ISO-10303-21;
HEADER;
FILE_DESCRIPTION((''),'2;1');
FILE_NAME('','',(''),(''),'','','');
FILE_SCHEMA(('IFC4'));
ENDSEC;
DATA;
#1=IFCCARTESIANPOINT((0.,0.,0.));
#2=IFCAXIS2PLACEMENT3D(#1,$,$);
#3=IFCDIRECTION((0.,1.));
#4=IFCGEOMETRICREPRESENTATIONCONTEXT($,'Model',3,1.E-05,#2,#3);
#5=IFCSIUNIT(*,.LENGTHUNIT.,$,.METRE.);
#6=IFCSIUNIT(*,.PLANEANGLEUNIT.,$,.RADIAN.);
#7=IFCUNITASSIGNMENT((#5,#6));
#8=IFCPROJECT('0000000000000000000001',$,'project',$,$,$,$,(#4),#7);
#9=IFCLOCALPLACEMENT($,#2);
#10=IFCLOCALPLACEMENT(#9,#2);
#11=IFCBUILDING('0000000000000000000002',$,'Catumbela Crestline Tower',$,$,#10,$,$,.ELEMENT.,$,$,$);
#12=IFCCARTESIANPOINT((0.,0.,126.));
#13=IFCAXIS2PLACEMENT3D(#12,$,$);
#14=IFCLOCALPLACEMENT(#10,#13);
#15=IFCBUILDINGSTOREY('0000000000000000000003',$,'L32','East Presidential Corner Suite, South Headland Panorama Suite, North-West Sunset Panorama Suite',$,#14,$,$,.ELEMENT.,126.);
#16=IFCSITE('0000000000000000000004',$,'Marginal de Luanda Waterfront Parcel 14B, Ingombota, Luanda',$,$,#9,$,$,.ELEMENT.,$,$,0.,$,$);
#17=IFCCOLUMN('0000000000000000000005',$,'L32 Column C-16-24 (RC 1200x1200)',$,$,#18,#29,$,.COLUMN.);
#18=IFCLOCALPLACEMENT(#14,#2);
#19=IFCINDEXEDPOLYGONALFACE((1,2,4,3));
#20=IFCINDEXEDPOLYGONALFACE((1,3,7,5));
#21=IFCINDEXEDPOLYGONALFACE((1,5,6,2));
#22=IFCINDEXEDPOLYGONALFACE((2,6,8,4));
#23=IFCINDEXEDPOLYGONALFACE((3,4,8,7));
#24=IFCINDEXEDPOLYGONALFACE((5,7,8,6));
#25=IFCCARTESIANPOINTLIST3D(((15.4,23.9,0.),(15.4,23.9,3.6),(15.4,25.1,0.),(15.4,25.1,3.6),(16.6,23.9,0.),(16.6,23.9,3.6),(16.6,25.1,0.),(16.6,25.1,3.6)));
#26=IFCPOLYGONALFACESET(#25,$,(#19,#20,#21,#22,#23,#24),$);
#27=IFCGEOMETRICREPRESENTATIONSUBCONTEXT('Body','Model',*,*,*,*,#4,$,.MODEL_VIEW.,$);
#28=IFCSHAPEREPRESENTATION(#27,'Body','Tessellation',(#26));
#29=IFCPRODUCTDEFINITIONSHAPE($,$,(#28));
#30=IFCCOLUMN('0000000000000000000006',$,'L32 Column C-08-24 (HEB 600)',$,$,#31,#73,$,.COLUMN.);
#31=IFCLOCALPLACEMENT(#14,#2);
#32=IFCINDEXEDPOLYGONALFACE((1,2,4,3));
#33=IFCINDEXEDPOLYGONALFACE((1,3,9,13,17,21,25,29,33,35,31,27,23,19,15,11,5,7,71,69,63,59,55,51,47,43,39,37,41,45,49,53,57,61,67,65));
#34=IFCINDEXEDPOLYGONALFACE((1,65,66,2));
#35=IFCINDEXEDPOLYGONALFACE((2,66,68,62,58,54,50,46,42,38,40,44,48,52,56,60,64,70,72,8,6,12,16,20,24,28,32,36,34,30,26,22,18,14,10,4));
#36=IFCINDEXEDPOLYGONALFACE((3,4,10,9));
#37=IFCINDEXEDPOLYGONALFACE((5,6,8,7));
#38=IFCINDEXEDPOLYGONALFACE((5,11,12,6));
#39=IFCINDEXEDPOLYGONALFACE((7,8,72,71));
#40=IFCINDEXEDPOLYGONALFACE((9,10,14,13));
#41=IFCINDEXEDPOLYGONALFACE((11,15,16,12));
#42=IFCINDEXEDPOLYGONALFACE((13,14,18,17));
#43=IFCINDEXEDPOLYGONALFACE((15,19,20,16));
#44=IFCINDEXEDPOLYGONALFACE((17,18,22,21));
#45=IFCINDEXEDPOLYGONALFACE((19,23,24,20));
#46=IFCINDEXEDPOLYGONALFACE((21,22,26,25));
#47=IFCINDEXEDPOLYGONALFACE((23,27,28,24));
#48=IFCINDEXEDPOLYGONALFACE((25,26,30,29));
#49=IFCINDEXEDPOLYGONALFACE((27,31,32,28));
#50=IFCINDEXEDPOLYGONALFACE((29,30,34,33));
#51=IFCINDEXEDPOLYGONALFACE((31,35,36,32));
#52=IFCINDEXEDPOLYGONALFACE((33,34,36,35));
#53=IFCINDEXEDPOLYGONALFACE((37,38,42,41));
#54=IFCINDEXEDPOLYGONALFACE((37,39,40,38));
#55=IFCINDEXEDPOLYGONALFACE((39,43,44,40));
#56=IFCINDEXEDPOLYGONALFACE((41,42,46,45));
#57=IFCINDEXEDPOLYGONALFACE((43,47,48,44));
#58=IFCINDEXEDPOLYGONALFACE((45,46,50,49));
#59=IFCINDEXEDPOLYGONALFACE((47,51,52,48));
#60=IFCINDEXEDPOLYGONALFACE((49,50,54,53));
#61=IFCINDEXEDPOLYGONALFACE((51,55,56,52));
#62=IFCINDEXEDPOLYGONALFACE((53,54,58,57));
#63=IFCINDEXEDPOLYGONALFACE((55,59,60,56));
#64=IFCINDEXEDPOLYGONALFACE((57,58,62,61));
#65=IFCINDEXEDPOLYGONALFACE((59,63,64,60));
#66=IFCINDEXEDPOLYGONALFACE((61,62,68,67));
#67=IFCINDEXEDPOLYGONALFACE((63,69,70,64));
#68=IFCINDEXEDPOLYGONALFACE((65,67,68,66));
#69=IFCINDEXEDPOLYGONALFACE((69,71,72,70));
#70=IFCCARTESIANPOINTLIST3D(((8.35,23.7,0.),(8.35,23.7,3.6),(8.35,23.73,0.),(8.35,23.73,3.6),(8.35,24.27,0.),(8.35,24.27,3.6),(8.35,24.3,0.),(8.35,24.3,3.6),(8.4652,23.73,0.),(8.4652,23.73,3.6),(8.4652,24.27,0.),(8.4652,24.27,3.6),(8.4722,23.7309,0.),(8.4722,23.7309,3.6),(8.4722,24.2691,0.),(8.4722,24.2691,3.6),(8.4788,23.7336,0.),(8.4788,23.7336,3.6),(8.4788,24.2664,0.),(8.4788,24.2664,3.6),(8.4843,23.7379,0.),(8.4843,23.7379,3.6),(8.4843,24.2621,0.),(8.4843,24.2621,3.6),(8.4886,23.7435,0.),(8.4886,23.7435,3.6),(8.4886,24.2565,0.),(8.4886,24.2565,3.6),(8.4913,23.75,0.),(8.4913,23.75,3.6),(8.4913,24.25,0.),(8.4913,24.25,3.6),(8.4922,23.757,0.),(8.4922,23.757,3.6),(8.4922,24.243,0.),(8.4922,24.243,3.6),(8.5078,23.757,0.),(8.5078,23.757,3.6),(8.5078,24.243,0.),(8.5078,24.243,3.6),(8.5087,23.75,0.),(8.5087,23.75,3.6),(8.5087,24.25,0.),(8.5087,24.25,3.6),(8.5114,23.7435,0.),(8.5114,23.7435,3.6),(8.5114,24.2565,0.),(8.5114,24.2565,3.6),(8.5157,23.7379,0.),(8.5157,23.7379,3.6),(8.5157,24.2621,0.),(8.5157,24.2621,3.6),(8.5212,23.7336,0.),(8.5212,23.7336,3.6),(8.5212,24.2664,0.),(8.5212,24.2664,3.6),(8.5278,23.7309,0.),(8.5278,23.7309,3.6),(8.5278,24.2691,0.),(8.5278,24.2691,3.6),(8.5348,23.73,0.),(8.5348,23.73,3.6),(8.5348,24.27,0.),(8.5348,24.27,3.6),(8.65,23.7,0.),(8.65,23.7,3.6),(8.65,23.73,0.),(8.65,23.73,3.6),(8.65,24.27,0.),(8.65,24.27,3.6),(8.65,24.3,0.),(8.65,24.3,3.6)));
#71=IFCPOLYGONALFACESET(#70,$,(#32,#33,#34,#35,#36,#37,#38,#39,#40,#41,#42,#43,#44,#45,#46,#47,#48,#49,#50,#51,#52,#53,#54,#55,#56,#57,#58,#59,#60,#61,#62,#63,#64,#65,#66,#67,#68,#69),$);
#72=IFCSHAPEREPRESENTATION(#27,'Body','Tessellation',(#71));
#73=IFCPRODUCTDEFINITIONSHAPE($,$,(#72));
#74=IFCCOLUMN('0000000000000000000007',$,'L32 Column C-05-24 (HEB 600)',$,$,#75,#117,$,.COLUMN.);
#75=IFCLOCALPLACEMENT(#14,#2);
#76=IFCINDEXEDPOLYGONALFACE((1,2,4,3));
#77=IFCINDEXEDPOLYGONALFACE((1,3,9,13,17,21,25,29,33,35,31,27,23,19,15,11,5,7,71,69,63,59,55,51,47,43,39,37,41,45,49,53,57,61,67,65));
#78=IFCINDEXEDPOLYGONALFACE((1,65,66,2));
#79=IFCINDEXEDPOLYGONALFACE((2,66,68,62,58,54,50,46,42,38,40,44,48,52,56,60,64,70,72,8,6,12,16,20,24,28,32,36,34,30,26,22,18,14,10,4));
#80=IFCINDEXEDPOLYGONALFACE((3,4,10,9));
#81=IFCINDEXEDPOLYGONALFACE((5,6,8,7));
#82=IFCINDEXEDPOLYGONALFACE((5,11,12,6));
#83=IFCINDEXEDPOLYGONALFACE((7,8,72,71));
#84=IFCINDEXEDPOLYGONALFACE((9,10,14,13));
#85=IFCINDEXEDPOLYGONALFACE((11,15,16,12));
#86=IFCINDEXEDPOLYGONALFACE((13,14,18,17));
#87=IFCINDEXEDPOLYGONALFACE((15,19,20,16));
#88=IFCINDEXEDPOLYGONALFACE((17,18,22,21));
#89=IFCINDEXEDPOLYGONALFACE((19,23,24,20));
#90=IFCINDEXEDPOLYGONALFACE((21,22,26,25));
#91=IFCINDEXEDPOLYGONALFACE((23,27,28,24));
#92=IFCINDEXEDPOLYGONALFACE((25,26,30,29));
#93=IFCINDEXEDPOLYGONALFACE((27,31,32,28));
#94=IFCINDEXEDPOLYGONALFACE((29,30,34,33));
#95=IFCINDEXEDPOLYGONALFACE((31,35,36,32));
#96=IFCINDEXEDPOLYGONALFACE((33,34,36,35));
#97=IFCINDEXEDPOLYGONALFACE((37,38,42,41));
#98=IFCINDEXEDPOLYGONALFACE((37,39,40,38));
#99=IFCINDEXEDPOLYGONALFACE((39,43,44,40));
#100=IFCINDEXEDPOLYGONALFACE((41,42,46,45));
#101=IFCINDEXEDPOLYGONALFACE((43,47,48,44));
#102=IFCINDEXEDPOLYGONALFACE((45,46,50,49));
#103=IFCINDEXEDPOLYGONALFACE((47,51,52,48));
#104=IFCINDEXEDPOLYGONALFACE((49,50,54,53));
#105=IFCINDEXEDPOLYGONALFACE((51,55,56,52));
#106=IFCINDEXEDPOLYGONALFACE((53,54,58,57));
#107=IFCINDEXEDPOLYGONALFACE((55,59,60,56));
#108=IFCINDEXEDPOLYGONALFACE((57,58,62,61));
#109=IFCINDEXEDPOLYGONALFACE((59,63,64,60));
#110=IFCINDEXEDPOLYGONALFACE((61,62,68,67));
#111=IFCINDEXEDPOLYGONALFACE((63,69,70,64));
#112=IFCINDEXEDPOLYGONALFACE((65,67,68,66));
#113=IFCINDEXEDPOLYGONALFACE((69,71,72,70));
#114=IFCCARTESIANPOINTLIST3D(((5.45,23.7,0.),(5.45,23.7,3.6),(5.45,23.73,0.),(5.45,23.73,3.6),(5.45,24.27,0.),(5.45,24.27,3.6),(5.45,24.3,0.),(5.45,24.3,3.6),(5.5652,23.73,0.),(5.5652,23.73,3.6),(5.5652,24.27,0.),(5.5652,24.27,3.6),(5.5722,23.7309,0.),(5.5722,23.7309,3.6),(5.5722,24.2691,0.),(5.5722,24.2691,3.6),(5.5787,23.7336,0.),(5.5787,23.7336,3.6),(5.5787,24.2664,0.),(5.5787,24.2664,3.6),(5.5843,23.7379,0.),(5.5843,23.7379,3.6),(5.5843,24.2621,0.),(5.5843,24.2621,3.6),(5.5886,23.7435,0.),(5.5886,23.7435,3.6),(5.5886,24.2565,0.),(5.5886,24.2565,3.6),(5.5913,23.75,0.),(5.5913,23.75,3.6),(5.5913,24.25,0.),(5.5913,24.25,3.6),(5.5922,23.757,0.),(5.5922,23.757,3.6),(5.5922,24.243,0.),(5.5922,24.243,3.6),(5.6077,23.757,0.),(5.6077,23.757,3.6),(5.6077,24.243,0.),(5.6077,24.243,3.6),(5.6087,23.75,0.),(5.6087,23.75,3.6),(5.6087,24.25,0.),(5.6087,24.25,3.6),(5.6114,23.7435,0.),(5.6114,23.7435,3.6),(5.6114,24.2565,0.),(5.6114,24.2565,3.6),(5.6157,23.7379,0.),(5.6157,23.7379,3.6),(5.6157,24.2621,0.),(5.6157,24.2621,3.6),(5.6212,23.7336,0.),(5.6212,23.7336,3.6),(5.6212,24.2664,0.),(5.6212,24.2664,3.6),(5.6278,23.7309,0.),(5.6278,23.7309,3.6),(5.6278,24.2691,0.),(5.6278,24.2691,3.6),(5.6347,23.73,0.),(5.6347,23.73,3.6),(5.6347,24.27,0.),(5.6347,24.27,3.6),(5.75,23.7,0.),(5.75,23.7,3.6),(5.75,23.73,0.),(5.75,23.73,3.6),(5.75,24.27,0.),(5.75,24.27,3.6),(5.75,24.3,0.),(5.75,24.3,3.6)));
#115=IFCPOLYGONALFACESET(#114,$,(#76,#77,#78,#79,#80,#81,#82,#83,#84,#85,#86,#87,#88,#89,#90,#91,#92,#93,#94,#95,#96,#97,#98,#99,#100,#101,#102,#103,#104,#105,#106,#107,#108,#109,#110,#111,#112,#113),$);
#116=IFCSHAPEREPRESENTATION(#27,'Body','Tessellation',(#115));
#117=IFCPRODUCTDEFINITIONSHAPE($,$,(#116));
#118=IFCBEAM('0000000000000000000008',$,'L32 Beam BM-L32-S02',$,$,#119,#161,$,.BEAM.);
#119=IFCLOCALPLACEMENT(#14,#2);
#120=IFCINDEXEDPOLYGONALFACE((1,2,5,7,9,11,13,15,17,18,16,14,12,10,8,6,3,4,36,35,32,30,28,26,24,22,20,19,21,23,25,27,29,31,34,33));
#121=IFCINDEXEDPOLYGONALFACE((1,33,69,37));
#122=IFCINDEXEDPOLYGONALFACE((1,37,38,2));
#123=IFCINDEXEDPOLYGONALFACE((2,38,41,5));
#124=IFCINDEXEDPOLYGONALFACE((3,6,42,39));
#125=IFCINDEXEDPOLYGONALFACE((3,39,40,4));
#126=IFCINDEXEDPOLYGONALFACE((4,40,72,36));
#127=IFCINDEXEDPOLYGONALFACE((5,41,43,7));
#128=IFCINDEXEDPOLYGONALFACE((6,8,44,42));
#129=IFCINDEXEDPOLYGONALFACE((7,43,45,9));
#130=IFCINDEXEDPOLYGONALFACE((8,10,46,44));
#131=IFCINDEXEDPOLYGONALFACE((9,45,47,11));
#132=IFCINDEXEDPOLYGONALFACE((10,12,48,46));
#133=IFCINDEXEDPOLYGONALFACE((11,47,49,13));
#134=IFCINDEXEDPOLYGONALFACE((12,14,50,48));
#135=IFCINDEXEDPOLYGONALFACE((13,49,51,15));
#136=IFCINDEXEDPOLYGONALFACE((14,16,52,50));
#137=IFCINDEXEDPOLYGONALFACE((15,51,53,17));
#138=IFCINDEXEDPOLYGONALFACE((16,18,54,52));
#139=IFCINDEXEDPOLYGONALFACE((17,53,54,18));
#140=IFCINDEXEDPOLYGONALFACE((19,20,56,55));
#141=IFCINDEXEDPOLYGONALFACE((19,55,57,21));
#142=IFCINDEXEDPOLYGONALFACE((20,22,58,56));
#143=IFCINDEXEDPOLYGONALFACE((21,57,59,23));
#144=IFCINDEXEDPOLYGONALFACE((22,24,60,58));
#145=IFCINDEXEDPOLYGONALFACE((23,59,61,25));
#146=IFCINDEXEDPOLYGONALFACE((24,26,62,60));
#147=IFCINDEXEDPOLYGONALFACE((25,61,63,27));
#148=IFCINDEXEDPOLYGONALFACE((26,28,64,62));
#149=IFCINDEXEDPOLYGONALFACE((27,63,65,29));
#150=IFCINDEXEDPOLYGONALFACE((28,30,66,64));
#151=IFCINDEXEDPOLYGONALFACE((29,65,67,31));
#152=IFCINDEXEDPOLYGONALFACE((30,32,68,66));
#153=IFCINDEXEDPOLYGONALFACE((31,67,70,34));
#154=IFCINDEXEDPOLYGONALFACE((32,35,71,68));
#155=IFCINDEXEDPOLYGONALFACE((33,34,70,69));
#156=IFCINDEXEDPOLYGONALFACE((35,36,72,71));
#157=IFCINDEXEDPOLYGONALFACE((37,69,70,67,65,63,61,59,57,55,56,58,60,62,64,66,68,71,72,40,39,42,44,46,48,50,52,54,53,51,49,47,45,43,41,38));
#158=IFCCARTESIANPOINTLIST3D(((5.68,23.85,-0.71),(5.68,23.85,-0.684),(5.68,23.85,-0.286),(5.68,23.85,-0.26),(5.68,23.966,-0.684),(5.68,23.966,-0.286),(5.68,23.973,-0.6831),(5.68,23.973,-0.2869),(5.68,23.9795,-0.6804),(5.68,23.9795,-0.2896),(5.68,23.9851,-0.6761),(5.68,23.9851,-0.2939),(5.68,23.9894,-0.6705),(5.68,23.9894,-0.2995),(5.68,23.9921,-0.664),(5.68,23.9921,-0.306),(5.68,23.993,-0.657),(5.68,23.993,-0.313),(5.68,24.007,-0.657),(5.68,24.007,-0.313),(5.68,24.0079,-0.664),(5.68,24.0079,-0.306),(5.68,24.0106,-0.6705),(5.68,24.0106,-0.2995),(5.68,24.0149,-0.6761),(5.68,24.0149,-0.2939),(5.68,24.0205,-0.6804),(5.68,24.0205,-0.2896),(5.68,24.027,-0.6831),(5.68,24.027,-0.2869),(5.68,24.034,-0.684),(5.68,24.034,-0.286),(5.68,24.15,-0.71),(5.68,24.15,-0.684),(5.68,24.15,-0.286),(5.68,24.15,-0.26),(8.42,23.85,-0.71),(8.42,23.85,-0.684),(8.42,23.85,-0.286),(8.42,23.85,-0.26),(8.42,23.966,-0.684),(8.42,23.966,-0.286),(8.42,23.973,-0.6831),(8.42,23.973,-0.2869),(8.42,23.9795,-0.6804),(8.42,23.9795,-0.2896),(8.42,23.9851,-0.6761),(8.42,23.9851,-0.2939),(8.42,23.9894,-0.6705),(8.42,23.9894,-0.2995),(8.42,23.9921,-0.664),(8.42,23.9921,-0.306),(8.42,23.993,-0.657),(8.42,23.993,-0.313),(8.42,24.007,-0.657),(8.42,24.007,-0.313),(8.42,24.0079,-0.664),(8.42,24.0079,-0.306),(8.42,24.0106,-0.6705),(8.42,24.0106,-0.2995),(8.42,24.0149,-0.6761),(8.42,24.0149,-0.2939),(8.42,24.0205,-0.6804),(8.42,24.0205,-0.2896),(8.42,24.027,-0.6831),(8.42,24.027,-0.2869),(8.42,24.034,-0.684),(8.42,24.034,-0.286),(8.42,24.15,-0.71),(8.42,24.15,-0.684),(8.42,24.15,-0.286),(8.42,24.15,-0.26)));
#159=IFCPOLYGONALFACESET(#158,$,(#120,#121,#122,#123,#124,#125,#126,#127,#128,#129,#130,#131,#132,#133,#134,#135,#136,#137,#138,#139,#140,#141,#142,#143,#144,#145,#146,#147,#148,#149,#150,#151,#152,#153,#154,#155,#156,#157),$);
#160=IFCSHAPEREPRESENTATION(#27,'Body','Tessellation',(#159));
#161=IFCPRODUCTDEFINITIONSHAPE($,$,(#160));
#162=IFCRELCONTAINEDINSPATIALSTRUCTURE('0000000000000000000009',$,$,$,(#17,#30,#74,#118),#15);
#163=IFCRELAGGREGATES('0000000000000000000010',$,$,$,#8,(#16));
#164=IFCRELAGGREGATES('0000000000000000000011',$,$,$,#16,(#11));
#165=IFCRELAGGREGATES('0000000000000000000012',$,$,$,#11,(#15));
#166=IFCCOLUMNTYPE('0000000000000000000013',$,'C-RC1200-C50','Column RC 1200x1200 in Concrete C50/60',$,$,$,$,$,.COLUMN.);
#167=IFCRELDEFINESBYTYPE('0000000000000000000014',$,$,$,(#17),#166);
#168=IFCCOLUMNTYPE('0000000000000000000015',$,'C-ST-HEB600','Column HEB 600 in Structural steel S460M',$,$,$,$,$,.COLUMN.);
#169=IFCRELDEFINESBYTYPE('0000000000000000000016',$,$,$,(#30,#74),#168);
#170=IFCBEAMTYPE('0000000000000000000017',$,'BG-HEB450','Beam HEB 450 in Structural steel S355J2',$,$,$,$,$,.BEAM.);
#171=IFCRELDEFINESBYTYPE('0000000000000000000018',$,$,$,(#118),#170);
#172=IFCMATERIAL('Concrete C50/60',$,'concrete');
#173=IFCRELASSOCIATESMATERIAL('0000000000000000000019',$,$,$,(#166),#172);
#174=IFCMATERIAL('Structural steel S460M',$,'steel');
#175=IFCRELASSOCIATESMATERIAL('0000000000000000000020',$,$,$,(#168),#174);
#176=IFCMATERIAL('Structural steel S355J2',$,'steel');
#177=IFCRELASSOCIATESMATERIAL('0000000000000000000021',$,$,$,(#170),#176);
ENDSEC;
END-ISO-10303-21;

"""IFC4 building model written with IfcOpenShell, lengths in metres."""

from ifc_helpers import new_model, si_unit, direction, frame, origin, origin_2d, place, context, subcontext, project, spatial, rectangle, i_section, extrude, material, material_profile, profile_set, type_object, element, save


model = new_model("IFC4")

# Units and contexts
model_context = context("Model", 3, precision=1e-05, world=origin(), true_north=direction((0.0, 1.0)))
body_context = subcontext(model_context, "Body", "Model", "MODEL_VIEW")
ifc_project = project(units=[si_unit("LENGTHUNIT", "METRE"), si_unit("PLANEANGLEUNIT", "RADIAN")], contexts=[model_context])

# Site, building, storey
site_placement = place(None, origin())
site = spatial("IfcSite", under=ifc_project, at=site_placement, Name="Marginal de Luanda Waterfront Parcel 14B, Ingombota, Luanda", CompositionType="ELEMENT", RefElevation=0.0)
building_placement = place(site_placement, origin())
building = spatial("IfcBuilding", under=site, at=building_placement, Name="Catumbela Crestline Tower", CompositionType="ELEMENT")
storey_placement = place(building_placement, frame((0.0, 0.0, 126.0)))
storey = spatial("IfcBuildingStorey", under=building, at=storey_placement, Name="L32", Description="East Presidential Corner Suite, South Headland Panorama Suite, North-West Sunset Panorama Suite", CompositionType="ELEMENT", Elevation=126.0)

# Columns
ifc_material_1 = material(Name="Concrete C50/60", Category="concrete")
ifc_material_profile_1 = material_profile(ifc_material_1, rectangle(XDim=1.2, YDim=1.2, at=origin_2d()), Name="RC 1200x1200")
ifc_profile_set_1 = profile_set([ifc_material_profile_1], Name="Concrete C50/60")
column_type_1 = type_object("IfcColumnType", Name="C-RC1200-C50", Description="Column RC 1200x1200 in Concrete C50/60", PredefinedType="COLUMN", material=ifc_profile_set_1)
column_placement = place(storey_placement, frame((16.0, 24.5, 0.0), z_axis=(0.0, 0.0, 1.0), x_axis=(1.0, 0.0, 0.0)))
element("IfcColumn", 1, at=column_placement, inside=storey, type_object=column_type_1, Name="L32 Column C-16-24 (RC 1200x1200)", PredefinedType="COLUMN", context=body_context, shape_type="SweptSolid", body=[
    extrude(rectangle(XDim=1.2, YDim=1.2, at=origin_2d()), origin(), (0.0, 0.0, 1.0), 3.6),
])
ifc_material_2 = material(Name="Structural steel S460M", Category="steel")
ifc_material_profile_2 = material_profile(ifc_material_2, i_section(OverallWidth=0.3, OverallDepth=0.6, WebThickness=0.0155, FlangeThickness=0.03, FilletRadius=0.027, at=origin_2d()), Name="HEB 600")
ifc_profile_set_2 = profile_set([ifc_material_profile_2], Name="Structural steel S460M")
column_type_2 = type_object("IfcColumnType", Name="C-ST-HEB600", Description="Column HEB 600 in Structural steel S460M", PredefinedType="COLUMN", material=ifc_profile_set_2)
for number, where, z_axis, x_axis, name in (
    (2, (8.5, 24.0, 0.0), (0.0, 0.0, 1.0), (1.0, 0.0, 0.0), "L32 Column C-08-24 (HEB 600)"),
    (3, (5.6, 24.0, 0.0), (0.0, 0.0, 1.0), (1.0, 0.0, 0.0), "L32 Column C-05-24 (HEB 600)"),
):
    element("IfcColumn", number, at=place(storey_placement, frame(where, z_axis=z_axis, x_axis=x_axis)), inside=storey, type_object=column_type_2, Name=name, PredefinedType="COLUMN", context=body_context, shape_type="SweptSolid", body=[
        extrude(i_section(OverallWidth=0.3, OverallDepth=0.6, WebThickness=0.0155, FlangeThickness=0.03, FilletRadius=0.027, at=origin_2d()), origin(), (0.0, 0.0, 1.0), 3.6),
    ])

# Beam
ifc_material_3 = material(Name="Structural steel S355J2", Category="steel")
ifc_material_profile_3 = material_profile(ifc_material_3, i_section(OverallWidth=0.3, OverallDepth=0.45, WebThickness=0.014, FlangeThickness=0.026, FilletRadius=0.027, at=origin_2d()), Name="HEB 450")
ifc_profile_set_3 = profile_set([ifc_material_profile_3], Name="Structural steel S355J2")
beam_type = type_object("IfcBeamType", Name="BG-HEB450", Description="Beam HEB 450 in Structural steel S355J2", PredefinedType="BEAM", material=ifc_profile_set_3)
beam_1_placement = place(storey_placement, frame((5.68, 24.0, -0.485), z_axis=(1.0, 0.0, 0.0), x_axis=(0.0, 1.0, 0.0)))
element("IfcBeam", 4, at=beam_1_placement, inside=storey, type_object=beam_type, Name="L32 Beam BM-L32-S02", PredefinedType="BEAM", context=body_context, shape_type="SweptSolid", body=[
    extrude(i_section(OverallWidth=0.3, OverallDepth=0.45, WebThickness=0.014, FlangeThickness=0.026, FilletRadius=0.027, at=origin_2d()), origin(), (0.0, 0.0, 1.0), 2.74),
])

save(model, "model.ifc")
